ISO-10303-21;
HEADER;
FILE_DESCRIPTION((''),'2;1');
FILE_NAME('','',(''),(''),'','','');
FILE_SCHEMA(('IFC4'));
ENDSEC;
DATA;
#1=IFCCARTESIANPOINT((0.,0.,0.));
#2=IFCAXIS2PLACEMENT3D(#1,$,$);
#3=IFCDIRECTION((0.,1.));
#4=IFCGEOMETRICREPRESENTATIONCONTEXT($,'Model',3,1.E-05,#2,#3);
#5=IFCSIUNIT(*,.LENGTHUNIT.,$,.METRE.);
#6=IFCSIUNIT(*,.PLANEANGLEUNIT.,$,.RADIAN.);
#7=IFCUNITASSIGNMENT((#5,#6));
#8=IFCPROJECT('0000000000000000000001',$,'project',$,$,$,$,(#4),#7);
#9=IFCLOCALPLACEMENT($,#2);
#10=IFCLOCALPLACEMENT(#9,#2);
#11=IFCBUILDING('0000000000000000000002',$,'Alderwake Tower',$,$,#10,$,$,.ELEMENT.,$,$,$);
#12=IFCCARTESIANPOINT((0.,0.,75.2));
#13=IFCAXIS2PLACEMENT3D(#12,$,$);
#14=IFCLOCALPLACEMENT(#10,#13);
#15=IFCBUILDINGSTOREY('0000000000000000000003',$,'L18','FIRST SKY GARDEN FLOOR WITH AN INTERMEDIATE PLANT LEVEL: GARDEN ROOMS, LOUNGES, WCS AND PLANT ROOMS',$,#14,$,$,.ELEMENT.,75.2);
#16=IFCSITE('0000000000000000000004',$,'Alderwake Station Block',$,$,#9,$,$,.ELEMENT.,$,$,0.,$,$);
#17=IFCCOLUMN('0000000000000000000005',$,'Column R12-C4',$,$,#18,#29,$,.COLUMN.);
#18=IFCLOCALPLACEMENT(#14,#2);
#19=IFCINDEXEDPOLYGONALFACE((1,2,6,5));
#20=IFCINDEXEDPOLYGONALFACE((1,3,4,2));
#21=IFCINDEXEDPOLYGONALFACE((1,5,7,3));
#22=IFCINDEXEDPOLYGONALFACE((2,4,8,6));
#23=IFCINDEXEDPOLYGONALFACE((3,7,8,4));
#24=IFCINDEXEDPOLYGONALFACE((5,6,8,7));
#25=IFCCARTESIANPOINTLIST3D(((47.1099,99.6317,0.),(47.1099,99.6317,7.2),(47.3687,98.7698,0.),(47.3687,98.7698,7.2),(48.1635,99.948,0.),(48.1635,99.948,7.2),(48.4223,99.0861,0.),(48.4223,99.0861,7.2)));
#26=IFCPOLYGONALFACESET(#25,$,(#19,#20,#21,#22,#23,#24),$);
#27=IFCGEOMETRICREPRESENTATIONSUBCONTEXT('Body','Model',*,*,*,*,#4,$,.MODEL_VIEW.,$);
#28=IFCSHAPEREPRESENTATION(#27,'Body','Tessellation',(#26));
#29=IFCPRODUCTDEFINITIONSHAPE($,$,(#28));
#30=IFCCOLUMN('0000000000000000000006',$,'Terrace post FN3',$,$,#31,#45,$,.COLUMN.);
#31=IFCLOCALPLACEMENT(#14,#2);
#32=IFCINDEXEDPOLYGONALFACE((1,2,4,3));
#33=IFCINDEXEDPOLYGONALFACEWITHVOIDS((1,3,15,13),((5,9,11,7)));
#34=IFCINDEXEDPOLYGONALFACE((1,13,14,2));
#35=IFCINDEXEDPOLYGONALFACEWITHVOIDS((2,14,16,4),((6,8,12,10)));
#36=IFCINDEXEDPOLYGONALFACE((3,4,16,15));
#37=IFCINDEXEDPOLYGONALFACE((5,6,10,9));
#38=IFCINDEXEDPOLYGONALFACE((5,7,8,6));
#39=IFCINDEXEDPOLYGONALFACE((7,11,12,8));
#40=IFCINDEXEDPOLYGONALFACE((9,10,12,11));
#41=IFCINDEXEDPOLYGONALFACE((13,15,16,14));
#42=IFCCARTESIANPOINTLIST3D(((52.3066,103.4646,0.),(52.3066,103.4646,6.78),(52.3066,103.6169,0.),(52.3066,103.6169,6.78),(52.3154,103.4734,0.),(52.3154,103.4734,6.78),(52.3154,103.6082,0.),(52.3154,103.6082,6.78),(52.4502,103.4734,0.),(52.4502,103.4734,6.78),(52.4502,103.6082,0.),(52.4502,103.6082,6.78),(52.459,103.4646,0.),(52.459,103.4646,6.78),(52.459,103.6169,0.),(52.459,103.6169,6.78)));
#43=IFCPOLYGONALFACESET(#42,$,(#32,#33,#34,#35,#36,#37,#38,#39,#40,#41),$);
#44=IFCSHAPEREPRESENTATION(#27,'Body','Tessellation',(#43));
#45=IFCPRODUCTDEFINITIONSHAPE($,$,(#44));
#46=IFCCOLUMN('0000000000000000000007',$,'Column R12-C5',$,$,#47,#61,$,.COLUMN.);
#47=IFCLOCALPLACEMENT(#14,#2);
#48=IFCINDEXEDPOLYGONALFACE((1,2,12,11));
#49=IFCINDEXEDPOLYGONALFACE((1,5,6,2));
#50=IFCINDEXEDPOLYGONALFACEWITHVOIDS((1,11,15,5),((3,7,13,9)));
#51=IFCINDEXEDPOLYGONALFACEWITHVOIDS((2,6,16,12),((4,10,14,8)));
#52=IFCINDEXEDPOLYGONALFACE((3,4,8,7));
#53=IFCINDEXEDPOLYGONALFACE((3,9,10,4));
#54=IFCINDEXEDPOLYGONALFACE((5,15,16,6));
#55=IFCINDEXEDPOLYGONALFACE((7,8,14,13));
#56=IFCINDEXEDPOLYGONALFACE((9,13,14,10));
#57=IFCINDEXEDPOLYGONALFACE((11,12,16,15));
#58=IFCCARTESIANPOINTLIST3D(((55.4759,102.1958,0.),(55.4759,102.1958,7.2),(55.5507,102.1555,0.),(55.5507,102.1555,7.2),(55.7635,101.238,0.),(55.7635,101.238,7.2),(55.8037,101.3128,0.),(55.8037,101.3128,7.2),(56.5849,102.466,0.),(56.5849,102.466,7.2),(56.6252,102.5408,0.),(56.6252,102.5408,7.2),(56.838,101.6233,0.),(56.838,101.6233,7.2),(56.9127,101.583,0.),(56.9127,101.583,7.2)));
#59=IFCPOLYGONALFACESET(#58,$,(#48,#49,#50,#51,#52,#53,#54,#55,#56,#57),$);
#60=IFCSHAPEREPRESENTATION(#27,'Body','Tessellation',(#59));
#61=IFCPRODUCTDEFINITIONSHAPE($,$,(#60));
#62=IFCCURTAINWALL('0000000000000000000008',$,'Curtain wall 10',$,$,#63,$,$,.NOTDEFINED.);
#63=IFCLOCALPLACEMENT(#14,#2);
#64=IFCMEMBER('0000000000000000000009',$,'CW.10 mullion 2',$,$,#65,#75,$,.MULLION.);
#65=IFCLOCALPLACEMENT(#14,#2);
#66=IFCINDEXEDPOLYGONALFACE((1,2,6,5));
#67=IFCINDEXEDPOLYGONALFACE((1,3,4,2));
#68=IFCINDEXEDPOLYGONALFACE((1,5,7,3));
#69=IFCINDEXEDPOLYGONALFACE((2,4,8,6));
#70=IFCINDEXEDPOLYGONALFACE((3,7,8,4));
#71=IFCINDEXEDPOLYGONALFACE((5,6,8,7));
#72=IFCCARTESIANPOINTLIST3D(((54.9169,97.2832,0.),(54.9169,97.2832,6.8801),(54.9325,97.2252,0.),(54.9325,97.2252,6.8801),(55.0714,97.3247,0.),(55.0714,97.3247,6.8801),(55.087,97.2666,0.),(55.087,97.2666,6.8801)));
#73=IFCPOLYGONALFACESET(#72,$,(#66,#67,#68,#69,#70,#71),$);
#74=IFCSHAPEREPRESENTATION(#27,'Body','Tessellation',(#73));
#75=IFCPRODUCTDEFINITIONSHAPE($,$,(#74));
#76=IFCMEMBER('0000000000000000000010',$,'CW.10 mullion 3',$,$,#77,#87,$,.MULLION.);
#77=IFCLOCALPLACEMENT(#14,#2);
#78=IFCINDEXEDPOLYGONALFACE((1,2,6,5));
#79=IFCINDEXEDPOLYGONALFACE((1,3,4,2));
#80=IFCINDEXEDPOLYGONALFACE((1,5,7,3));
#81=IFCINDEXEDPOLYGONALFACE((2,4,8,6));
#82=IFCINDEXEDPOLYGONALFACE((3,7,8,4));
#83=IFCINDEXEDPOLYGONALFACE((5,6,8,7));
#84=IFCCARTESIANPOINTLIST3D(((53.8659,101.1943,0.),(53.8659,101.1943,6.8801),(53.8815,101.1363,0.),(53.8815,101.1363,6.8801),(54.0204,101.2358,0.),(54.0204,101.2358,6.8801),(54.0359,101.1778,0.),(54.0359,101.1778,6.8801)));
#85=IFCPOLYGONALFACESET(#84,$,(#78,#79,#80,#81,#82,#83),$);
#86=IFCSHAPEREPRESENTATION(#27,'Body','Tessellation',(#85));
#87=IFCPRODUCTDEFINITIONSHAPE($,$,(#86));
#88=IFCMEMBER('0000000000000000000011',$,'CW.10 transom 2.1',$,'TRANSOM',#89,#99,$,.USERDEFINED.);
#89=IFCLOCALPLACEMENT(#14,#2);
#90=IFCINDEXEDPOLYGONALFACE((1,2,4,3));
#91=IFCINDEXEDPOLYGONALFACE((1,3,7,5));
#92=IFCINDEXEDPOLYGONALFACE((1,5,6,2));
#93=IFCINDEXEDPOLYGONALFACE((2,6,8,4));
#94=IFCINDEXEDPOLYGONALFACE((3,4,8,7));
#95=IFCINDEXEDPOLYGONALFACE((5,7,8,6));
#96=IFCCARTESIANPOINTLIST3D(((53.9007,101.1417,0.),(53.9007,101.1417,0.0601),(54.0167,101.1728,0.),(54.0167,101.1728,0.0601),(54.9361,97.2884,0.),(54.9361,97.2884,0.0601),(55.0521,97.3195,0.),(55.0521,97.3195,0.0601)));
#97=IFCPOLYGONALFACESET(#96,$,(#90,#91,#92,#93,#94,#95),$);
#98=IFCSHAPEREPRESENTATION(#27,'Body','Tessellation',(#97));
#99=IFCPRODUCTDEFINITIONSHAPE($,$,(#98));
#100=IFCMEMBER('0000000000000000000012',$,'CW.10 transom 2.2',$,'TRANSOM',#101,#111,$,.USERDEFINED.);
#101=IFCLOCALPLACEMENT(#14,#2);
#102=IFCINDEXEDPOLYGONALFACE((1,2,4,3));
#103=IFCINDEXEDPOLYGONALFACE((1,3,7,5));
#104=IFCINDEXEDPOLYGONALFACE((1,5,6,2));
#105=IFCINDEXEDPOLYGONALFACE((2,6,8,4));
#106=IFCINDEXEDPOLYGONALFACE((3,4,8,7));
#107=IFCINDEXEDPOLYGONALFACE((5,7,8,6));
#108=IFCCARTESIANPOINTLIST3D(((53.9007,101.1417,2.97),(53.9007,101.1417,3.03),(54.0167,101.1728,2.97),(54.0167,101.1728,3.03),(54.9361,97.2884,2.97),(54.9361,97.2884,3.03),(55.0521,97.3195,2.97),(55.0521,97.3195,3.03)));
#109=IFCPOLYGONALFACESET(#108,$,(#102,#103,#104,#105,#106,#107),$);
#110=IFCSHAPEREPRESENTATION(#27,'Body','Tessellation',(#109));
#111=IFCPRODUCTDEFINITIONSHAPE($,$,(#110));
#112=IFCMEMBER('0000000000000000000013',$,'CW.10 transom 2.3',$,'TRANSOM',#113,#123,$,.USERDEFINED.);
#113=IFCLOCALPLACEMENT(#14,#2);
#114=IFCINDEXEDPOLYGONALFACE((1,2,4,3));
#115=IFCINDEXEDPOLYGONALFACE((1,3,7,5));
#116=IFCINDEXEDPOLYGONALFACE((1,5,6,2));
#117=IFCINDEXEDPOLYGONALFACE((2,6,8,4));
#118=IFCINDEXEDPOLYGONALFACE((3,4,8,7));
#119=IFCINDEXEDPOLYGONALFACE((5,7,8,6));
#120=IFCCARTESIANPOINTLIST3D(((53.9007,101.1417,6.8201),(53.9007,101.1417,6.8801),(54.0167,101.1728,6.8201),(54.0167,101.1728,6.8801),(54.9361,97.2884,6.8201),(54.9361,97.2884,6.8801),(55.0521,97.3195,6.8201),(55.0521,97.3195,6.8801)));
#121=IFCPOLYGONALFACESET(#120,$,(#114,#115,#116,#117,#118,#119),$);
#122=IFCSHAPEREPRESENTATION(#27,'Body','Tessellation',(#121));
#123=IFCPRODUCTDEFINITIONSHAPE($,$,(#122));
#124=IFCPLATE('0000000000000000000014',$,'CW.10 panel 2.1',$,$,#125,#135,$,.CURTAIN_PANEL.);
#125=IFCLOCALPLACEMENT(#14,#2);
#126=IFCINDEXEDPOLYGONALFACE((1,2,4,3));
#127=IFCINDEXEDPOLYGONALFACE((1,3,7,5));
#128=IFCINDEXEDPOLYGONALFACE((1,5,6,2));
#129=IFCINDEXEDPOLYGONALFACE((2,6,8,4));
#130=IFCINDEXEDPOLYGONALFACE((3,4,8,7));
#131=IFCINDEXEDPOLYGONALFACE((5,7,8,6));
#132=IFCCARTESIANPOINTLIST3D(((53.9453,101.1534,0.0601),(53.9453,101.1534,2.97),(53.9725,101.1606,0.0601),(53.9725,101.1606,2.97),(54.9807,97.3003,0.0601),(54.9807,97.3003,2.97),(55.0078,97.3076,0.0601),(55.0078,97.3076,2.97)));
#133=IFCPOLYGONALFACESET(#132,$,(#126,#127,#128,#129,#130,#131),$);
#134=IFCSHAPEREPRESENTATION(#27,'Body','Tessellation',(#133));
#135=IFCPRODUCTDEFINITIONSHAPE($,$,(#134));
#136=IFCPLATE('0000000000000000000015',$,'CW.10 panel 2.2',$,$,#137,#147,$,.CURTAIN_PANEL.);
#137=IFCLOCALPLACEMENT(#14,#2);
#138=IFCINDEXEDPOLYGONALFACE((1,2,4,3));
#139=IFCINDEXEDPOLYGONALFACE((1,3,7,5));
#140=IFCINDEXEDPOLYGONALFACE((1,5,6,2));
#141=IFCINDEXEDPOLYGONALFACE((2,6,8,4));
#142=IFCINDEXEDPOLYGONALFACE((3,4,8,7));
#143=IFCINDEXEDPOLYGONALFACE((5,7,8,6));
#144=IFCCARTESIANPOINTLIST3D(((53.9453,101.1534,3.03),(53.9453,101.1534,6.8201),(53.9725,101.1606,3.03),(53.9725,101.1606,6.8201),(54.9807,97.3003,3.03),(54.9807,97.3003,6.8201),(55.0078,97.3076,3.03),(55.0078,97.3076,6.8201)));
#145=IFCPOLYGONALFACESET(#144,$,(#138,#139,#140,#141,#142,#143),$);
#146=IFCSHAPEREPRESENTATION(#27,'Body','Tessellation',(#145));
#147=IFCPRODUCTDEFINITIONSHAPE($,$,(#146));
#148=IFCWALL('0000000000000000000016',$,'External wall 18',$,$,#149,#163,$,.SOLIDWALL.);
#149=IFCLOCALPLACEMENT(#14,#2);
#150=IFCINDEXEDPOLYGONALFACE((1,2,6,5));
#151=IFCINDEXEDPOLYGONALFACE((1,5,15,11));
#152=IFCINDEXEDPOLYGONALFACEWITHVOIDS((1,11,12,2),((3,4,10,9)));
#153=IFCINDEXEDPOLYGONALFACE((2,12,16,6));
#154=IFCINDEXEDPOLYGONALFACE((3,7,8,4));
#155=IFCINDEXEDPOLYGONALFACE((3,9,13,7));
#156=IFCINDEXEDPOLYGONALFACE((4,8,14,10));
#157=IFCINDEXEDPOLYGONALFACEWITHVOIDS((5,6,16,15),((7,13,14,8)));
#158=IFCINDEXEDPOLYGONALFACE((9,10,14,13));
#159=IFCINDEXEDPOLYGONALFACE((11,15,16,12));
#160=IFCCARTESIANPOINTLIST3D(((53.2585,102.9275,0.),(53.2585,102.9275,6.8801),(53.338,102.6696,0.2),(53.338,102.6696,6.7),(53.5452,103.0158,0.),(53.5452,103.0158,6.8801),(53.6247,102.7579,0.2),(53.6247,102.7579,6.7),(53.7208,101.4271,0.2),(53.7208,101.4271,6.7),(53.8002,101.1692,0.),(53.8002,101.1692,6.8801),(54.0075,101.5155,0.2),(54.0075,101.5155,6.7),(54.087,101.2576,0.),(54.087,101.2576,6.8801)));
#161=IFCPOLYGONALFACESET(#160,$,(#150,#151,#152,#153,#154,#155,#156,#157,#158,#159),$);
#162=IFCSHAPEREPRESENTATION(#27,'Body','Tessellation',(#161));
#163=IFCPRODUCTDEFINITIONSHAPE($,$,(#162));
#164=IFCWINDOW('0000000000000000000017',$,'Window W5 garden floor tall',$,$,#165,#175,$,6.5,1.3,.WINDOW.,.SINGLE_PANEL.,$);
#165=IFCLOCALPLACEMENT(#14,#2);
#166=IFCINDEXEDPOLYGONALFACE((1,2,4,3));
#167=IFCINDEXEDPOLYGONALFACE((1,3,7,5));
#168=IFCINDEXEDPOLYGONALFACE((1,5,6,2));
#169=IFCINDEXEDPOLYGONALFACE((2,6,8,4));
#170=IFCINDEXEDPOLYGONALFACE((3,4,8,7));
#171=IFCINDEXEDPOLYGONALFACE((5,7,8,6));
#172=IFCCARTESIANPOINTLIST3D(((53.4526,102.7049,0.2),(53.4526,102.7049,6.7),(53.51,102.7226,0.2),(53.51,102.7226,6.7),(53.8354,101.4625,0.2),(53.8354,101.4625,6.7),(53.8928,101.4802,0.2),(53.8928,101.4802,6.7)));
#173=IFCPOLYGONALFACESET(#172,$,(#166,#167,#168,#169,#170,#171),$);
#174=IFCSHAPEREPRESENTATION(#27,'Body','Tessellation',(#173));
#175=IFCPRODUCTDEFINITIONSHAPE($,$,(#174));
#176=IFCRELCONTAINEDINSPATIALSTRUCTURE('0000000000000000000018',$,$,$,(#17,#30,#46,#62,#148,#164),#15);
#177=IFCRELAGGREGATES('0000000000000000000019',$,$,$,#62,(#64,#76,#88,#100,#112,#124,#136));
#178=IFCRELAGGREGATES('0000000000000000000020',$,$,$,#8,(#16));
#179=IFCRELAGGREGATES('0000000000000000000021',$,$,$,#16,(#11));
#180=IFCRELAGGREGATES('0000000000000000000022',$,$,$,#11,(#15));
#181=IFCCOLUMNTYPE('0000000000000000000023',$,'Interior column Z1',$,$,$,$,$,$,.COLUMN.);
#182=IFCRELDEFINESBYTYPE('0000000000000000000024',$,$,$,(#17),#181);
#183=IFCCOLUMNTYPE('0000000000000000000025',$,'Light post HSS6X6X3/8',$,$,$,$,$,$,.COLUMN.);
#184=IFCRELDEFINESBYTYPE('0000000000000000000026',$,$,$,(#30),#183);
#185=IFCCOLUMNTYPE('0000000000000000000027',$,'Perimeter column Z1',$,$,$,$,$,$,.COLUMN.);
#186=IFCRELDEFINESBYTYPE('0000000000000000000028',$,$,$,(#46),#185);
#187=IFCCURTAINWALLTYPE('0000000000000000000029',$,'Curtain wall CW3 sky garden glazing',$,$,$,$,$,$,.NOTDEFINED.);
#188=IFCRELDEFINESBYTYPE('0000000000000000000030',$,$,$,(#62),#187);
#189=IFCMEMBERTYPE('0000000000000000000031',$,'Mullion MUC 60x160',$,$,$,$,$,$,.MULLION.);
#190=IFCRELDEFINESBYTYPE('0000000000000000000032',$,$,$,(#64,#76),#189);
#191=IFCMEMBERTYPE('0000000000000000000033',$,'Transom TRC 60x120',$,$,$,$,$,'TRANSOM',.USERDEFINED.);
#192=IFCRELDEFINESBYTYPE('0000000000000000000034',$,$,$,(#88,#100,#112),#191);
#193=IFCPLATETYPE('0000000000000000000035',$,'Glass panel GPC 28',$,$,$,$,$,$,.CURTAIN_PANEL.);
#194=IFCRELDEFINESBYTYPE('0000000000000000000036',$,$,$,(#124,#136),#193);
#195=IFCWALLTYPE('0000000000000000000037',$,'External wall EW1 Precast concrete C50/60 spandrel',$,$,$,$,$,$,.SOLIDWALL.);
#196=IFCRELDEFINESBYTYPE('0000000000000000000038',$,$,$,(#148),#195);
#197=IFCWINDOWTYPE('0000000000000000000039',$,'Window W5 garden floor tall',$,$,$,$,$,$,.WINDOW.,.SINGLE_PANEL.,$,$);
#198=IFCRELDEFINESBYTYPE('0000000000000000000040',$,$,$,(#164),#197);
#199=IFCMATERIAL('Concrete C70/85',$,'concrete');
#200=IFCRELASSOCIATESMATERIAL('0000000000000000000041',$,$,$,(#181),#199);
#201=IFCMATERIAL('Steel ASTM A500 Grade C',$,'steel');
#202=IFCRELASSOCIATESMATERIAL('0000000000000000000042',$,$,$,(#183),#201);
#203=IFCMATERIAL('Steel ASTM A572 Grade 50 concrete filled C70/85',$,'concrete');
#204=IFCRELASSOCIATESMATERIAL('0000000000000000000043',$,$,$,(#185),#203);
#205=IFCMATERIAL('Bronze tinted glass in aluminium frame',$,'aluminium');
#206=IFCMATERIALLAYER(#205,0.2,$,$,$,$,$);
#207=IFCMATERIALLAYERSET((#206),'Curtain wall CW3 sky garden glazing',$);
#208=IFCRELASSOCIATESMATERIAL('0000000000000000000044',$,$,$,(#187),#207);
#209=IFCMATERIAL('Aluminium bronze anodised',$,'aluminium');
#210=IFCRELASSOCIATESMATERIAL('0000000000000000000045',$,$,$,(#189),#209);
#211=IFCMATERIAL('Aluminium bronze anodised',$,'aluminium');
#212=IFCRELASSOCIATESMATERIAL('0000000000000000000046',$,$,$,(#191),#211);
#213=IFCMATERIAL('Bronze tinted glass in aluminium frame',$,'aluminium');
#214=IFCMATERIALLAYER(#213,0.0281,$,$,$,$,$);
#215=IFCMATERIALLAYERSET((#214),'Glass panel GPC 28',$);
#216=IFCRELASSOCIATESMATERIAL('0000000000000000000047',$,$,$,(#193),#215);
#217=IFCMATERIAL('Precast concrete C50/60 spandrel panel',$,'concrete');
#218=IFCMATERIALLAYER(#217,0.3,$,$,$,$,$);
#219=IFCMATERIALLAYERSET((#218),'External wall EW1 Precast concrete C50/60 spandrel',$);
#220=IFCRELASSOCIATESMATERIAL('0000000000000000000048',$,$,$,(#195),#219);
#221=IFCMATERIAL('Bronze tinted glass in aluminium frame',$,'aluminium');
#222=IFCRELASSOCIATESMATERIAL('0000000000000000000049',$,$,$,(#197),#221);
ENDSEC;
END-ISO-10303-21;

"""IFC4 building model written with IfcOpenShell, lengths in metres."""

from ifc_helpers import new_model, si_unit, direction, frame, frame_2d, origin, origin_2d, place, context, subcontext, project, spatial, rectangle, hollow_rectangle, extrude, material, layer, layer_set, material_profile, profile_set, type_object, element, fill, aggregate, save


model = new_model("IFC4")

# Units and contexts
model_context = context("Model", 3, precision=1e-05, world=origin(), true_north=direction((0.0, 1.0)))
body_context = subcontext(model_context, "Body", "Model", "MODEL_VIEW")
ifc_project = project(units=[si_unit("LENGTHUNIT", "METRE"), si_unit("PLANEANGLEUNIT", "RADIAN")], contexts=[model_context])

# Site, building, storey
site_placement = place(None, origin())
site = spatial("IfcSite", under=ifc_project, at=site_placement, Name="Alderwake Station Block", CompositionType="ELEMENT", RefElevation=0.0)
building_placement = place(site_placement, origin())
building = spatial("IfcBuilding", under=site, at=building_placement, Name="Alderwake Tower", CompositionType="ELEMENT")
storey_placement = place(building_placement, frame((0.0, 0.0, 75.2)))
storey = spatial("IfcBuildingStorey", under=building, at=storey_placement, Name="L18", Description="FIRST SKY GARDEN FLOOR WITH AN INTERMEDIATE PLANT LEVEL: GARDEN ROOMS, LOUNGES, WCS AND PLANT ROOMS", CompositionType="ELEMENT", Elevation=75.2)

# Columns
ifc_material_1 = material(Name="Concrete C70/85", Category="concrete")
ifc_material_profile_1 = material_profile(ifc_material_1, rectangle(XDim=0.8999, YDim=1.1001, at=origin_2d()), Name="RC 1100X900")
ifc_profile_set_1 = profile_set([ifc_material_profile_1], Name="Concrete C70/85")
column_type_1 = type_object("IfcColumnType", Name="Interior column Z1", PredefinedType="COLUMN", material=ifc_profile_set_1)
column_1_placement = place(storey_placement, frame((47.7661, 99.3589, 0.0), z_axis=(0.0, 0.0, 1.0), x_axis=(-0.287549, 0.957766, 0.0)))
element("IfcColumn", 1, at=column_1_placement, inside=storey, type_object=column_type_1, Name="Column R12-C4", PredefinedType="COLUMN", context=body_context, shape_type="SweptSolid", body=[
    extrude(rectangle(XDim=0.8999, YDim=1.1001, at=origin_2d()), origin(), (0.0, 0.0, 1.0), 7.2),
])
ifc_material_2 = material(Name="Steel ASTM A500 Grade C", Category="steel")
ifc_material_profile_2 = material_profile(ifc_material_2, hollow_rectangle(XDim=0.1523, YDim=0.1523, WallThickness=0.0088, at=origin_2d()), Name="HSS6X6X3/8")
ifc_profile_set_2 = profile_set([ifc_material_profile_2], Name="Steel ASTM A500 Grade C")
column_type_2 = type_object("IfcColumnType", Name="Light post HSS6X6X3/8", PredefinedType="COLUMN", material=ifc_profile_set_2)
column_2_placement = place(storey_placement, frame((52.3828, 103.5408, 0.0), z_axis=(0.0, 0.0, 1.0), x_axis=(1.0, 0.0, 0.0)))
element("IfcColumn", 2, at=column_2_placement, inside=storey, type_object=column_type_2, Name="Terrace post FN3", PredefinedType="COLUMN", context=body_context, shape_type="SweptSolid", body=[
    extrude(hollow_rectangle(XDim=0.1523, YDim=0.1523, WallThickness=0.0088, at=origin_2d()), origin(), (0.0, 0.0, 1.0), 6.78),
])
ifc_material_3 = material(Name="Steel ASTM A572 Grade 50 concrete filled C70/85", Category="concrete")
ifc_material_profile_3 = material_profile(ifc_material_3, hollow_rectangle(XDim=1.0, YDim=1.2, WallThickness=0.0601, at=origin_2d()), Name="BOX 1200X1000X60")
ifc_profile_set_3 = profile_set([ifc_material_profile_3], Name="Steel ASTM A572 Grade 50 concrete filled C70/85")
column_type_3 = type_object("IfcColumnType", Name="Perimeter column Z1", PredefinedType="COLUMN", material=ifc_profile_set_3)
column_3_placement = place(storey_placement, frame((56.1943, 101.8894, 0.0), z_axis=(0.0, 0.0, 1.0), x_axis=(-0.287549, 0.957766, 0.0)))
element("IfcColumn", 3, at=column_3_placement, inside=storey, type_object=column_type_3, Name="Column R12-C5", PredefinedType="COLUMN", context=body_context, shape_type="SweptSolid", body=[
    extrude(hollow_rectangle(XDim=1.0, YDim=1.2, WallThickness=0.0601, at=origin_2d()), origin(), (0.0, 0.0, 1.0), 7.2),
])

# Curtain wall, members, plates
ifc_material_4 = material(Name="Bronze tinted glass in aluminium frame", Category="aluminium")
ifc_layer_1 = layer(ifc_material_4, 0.2)
ifc_layer_set_1 = layer_set([ifc_layer_1], Name="Curtain wall CW3 sky garden glazing")
curtain_wall_type = type_object("IfcCurtainWallType", Name="Curtain wall CW3 sky garden glazing", PredefinedType="NOTDEFINED", material=ifc_layer_set_1)
curtain_wall_placement = place(storey_placement, origin())
curtain_wall = element("IfcCurtainWall", 4, at=curtain_wall_placement, inside=storey, type_object=curtain_wall_type, Name="Curtain wall 10", PredefinedType="NOTDEFINED")
ifc_material_5 = material(Name="Aluminium bronze anodised", Category="aluminium")
ifc_material_profile_4 = material_profile(ifc_material_5, rectangle(XDim=0.1599, YDim=0.0601, at=origin_2d()), Name="Mullion MUC 60x160")
ifc_profile_set_4 = profile_set([ifc_material_profile_4], Name="Aluminium bronze anodised")
member_type_1 = type_object("IfcMemberType", Name="Mullion MUC 60x160", PredefinedType="MULLION", material=ifc_profile_set_4)
member_1_placement = place(storey_placement, frame((55.002, 97.2749, 0.0), z_axis=(0.0, 0.0, 1.0), x_axis=(-0.965745, -0.259494, 0.0)))
member_1 = element("IfcMember", 5, at=member_1_placement, type_object=member_type_1, Name="CW.10 mullion 2", PredefinedType="MULLION", context=body_context, shape_type="SweptSolid", body=[
    extrude(rectangle(XDim=0.1599, YDim=0.0601, at=origin_2d()), origin(), (0.0, 0.0, 1.0), 6.8801),
])
member_2_placement = place(storey_placement, frame((53.9509, 101.186, 0.0), z_axis=(0.0, 0.0, 1.0), x_axis=(-0.965745, -0.259494, 0.0)))
member_2 = element("IfcMember", 6, at=member_2_placement, type_object=member_type_1, Name="CW.10 mullion 3", PredefinedType="MULLION", context=body_context, shape_type="SweptSolid", body=[
    extrude(rectangle(XDim=0.1599, YDim=0.0601, at=origin_2d()), origin(), (0.0, 0.0, 1.0), 6.8801),
])
ifc_material_6 = material(Name="Aluminium bronze anodised", Category="aluminium")
ifc_material_profile_5 = material_profile(ifc_material_6, rectangle(XDim=0.1201, YDim=0.0601, at=origin_2d()), Name="Transom TRC 60x120")
ifc_profile_set_5 = profile_set([ifc_material_profile_5], Name="Aluminium bronze anodised")
member_type_2 = type_object("IfcMemberType", Name="Transom TRC 60x120", ElementType="TRANSOM", PredefinedType="USERDEFINED", material=ifc_profile_set_5)
member_3_placement = place(storey_placement, frame((54.9941, 97.304, 0.03), z_axis=(-0.259502, 0.965743, 0.0), x_axis=(-0.965743, -0.259502, 0.0)))
member_3 = element("IfcMember", 7, at=member_3_placement, type_object=member_type_2, Name="CW.10 transom 2.1", ObjectType="TRANSOM", PredefinedType="USERDEFINED", context=body_context, shape_type="SweptSolid", body=[
    extrude(rectangle(XDim=0.1201, YDim=0.0601, at=origin_2d()), origin(), (0.0, 0.0, 1.0), 3.99),
])
member_4_placement = place(storey_placement, frame((54.9941, 97.304, 3.0), z_axis=(-0.259502, 0.965743, 0.0), x_axis=(-0.965743, -0.259502, 0.0)))
member_4 = element("IfcMember", 8, at=member_4_placement, type_object=member_type_2, Name="CW.10 transom 2.2", ObjectType="TRANSOM", PredefinedType="USERDEFINED", context=body_context, shape_type="SweptSolid", body=[
    extrude(rectangle(XDim=0.1201, YDim=0.0601, at=origin_2d()), origin(), (0.0, 0.0, 1.0), 3.99),
])
member_5_placement = place(storey_placement, frame((54.9941, 97.304, 6.8501), z_axis=(-0.259502, 0.965743, 0.0), x_axis=(-0.965743, -0.259502, 0.0)))
member_5 = element("IfcMember", 9, at=member_5_placement, type_object=member_type_2, Name="CW.10 transom 2.3", ObjectType="TRANSOM", PredefinedType="USERDEFINED", context=body_context, shape_type="SweptSolid", body=[
    extrude(rectangle(XDim=0.1201, YDim=0.0601, at=origin_2d()), origin(), (0.0, 0.0, 1.0), 3.99),
])
ifc_material_7 = material(Name="Bronze tinted glass in aluminium frame", Category="aluminium")
ifc_layer_2 = layer(ifc_material_7, 0.0281)
ifc_layer_set_2 = layer_set([ifc_layer_2], Name="Glass panel GPC 28")
plate_type = type_object("IfcPlateType", Name="Glass panel GPC 28", PredefinedType="CURTAIN_PANEL", material=ifc_layer_set_2)
plate_1_placement = place(storey_placement, frame((54.4766, 99.2305, 0.0601), z_axis=(0.0, 0.0, 1.0), x_axis=(-0.259494, 0.965745, 0.0)))
plate_1 = element("IfcPlate", 10, at=plate_1_placement, type_object=plate_type, Name="CW.10 panel 2.1", PredefinedType="CURTAIN_PANEL", context=body_context, shape_type="SweptSolid", body=[
    extrude(rectangle(XDim=3.9897, YDim=0.0281, at=origin_2d()), origin(), (0.0, 0.0, 1.0), 2.9099),
])
plate_2_placement = place(storey_placement, frame((54.4766, 99.2305, 3.03), z_axis=(0.0, 0.0, 1.0), x_axis=(-0.259494, 0.965745, 0.0)))
plate_2 = element("IfcPlate", 11, at=plate_2_placement, type_object=plate_type, Name="CW.10 panel 2.2", PredefinedType="CURTAIN_PANEL", context=body_context, shape_type="SweptSolid", body=[
    extrude(rectangle(XDim=3.9897, YDim=0.0281, at=origin_2d()), origin(), (0.0, 0.0, 1.0), 3.79),
])
aggregate(curtain_wall, [member_1, member_2, member_3, member_4, member_5, plate_1, plate_2])

# Wall, opening, window
ifc_material_8 = material(Name="Precast concrete C50/60 spandrel panel", Category="concrete")
ifc_layer_3 = layer(ifc_material_8, 0.3)
ifc_layer_set_3 = layer_set([ifc_layer_3], Name="External wall EW1 Precast concrete C50/60 spandrel")
wall_type_1 = type_object("IfcWallType", Name="External wall EW1 Precast concrete C50/60 spandrel", PredefinedType="SOLIDWALL", material=ifc_layer_set_3)
wall_1_placement = place(storey_placement, frame((53.9436, 101.2134, 0.0), z_axis=(0.0, 0.0, 1.0), x_axis=(-0.294449, 0.955667, 0.0)))
wall_1 = element("IfcWall", 12, at=wall_1_placement, inside=storey, type_object=wall_type_1, Name="External wall 18", PredefinedType="SOLIDWALL", context=body_context, shape_type="SweptSolid", body=[
    extrude(rectangle(XDim=1.8398, YDim=0.3, at=frame_2d((0.9199, 0.0))), origin(), (0.0, 0.0, 1.0), 6.8801),
])
opening_1_placement = place(wall_1_placement, frame((0.27, 0.0, 0.2)))
opening_1 = element("IfcOpeningElement", 13, at=opening_1_placement, cuts=wall_1, PredefinedType="OPENING", context=body_context, shape_type="SweptSolid", body=[
    extrude(rectangle(XDim=1.3, YDim=6.5, at=frame_2d((0.6499, 3.25))), frame((0.0, 0.1599, 0.0), z_axis=(0.0, -1.0, 0.0), x_axis=(1.0, 0.0, 0.0)), (0.0, 0.0, 1.0), 0.3201),
])
ifc_material_9 = material(Name="Bronze tinted glass in aluminium frame", Category="aluminium")
window_type = type_object("IfcWindowType", Name="Window W5 garden floor tall", PartitioningType="SINGLE_PANEL", PredefinedType="WINDOW", material=ifc_material_9)
window_1_placement = place(opening_1_placement, origin())
window_1 = element("IfcWindow", 14, at=window_1_placement, inside=storey, type_object=window_type, Name="Window W5 garden floor tall", OverallHeight=6.5, OverallWidth=1.3, PartitioningType="SINGLE_PANEL", PredefinedType="WINDOW", context=body_context, shape_type="SweptSolid", body=[
    extrude(rectangle(XDim=1.3, YDim=6.5, at=frame_2d((0.6499, 3.25))), frame((0.0, 0.03, 0.0), z_axis=(0.0, -1.0, 0.0), x_axis=(1.0, 0.0, 0.0)), (0.0, 0.0, 1.0), 0.0601),
])
fill(opening_1, window_1)

save(model, "model.ifc")
